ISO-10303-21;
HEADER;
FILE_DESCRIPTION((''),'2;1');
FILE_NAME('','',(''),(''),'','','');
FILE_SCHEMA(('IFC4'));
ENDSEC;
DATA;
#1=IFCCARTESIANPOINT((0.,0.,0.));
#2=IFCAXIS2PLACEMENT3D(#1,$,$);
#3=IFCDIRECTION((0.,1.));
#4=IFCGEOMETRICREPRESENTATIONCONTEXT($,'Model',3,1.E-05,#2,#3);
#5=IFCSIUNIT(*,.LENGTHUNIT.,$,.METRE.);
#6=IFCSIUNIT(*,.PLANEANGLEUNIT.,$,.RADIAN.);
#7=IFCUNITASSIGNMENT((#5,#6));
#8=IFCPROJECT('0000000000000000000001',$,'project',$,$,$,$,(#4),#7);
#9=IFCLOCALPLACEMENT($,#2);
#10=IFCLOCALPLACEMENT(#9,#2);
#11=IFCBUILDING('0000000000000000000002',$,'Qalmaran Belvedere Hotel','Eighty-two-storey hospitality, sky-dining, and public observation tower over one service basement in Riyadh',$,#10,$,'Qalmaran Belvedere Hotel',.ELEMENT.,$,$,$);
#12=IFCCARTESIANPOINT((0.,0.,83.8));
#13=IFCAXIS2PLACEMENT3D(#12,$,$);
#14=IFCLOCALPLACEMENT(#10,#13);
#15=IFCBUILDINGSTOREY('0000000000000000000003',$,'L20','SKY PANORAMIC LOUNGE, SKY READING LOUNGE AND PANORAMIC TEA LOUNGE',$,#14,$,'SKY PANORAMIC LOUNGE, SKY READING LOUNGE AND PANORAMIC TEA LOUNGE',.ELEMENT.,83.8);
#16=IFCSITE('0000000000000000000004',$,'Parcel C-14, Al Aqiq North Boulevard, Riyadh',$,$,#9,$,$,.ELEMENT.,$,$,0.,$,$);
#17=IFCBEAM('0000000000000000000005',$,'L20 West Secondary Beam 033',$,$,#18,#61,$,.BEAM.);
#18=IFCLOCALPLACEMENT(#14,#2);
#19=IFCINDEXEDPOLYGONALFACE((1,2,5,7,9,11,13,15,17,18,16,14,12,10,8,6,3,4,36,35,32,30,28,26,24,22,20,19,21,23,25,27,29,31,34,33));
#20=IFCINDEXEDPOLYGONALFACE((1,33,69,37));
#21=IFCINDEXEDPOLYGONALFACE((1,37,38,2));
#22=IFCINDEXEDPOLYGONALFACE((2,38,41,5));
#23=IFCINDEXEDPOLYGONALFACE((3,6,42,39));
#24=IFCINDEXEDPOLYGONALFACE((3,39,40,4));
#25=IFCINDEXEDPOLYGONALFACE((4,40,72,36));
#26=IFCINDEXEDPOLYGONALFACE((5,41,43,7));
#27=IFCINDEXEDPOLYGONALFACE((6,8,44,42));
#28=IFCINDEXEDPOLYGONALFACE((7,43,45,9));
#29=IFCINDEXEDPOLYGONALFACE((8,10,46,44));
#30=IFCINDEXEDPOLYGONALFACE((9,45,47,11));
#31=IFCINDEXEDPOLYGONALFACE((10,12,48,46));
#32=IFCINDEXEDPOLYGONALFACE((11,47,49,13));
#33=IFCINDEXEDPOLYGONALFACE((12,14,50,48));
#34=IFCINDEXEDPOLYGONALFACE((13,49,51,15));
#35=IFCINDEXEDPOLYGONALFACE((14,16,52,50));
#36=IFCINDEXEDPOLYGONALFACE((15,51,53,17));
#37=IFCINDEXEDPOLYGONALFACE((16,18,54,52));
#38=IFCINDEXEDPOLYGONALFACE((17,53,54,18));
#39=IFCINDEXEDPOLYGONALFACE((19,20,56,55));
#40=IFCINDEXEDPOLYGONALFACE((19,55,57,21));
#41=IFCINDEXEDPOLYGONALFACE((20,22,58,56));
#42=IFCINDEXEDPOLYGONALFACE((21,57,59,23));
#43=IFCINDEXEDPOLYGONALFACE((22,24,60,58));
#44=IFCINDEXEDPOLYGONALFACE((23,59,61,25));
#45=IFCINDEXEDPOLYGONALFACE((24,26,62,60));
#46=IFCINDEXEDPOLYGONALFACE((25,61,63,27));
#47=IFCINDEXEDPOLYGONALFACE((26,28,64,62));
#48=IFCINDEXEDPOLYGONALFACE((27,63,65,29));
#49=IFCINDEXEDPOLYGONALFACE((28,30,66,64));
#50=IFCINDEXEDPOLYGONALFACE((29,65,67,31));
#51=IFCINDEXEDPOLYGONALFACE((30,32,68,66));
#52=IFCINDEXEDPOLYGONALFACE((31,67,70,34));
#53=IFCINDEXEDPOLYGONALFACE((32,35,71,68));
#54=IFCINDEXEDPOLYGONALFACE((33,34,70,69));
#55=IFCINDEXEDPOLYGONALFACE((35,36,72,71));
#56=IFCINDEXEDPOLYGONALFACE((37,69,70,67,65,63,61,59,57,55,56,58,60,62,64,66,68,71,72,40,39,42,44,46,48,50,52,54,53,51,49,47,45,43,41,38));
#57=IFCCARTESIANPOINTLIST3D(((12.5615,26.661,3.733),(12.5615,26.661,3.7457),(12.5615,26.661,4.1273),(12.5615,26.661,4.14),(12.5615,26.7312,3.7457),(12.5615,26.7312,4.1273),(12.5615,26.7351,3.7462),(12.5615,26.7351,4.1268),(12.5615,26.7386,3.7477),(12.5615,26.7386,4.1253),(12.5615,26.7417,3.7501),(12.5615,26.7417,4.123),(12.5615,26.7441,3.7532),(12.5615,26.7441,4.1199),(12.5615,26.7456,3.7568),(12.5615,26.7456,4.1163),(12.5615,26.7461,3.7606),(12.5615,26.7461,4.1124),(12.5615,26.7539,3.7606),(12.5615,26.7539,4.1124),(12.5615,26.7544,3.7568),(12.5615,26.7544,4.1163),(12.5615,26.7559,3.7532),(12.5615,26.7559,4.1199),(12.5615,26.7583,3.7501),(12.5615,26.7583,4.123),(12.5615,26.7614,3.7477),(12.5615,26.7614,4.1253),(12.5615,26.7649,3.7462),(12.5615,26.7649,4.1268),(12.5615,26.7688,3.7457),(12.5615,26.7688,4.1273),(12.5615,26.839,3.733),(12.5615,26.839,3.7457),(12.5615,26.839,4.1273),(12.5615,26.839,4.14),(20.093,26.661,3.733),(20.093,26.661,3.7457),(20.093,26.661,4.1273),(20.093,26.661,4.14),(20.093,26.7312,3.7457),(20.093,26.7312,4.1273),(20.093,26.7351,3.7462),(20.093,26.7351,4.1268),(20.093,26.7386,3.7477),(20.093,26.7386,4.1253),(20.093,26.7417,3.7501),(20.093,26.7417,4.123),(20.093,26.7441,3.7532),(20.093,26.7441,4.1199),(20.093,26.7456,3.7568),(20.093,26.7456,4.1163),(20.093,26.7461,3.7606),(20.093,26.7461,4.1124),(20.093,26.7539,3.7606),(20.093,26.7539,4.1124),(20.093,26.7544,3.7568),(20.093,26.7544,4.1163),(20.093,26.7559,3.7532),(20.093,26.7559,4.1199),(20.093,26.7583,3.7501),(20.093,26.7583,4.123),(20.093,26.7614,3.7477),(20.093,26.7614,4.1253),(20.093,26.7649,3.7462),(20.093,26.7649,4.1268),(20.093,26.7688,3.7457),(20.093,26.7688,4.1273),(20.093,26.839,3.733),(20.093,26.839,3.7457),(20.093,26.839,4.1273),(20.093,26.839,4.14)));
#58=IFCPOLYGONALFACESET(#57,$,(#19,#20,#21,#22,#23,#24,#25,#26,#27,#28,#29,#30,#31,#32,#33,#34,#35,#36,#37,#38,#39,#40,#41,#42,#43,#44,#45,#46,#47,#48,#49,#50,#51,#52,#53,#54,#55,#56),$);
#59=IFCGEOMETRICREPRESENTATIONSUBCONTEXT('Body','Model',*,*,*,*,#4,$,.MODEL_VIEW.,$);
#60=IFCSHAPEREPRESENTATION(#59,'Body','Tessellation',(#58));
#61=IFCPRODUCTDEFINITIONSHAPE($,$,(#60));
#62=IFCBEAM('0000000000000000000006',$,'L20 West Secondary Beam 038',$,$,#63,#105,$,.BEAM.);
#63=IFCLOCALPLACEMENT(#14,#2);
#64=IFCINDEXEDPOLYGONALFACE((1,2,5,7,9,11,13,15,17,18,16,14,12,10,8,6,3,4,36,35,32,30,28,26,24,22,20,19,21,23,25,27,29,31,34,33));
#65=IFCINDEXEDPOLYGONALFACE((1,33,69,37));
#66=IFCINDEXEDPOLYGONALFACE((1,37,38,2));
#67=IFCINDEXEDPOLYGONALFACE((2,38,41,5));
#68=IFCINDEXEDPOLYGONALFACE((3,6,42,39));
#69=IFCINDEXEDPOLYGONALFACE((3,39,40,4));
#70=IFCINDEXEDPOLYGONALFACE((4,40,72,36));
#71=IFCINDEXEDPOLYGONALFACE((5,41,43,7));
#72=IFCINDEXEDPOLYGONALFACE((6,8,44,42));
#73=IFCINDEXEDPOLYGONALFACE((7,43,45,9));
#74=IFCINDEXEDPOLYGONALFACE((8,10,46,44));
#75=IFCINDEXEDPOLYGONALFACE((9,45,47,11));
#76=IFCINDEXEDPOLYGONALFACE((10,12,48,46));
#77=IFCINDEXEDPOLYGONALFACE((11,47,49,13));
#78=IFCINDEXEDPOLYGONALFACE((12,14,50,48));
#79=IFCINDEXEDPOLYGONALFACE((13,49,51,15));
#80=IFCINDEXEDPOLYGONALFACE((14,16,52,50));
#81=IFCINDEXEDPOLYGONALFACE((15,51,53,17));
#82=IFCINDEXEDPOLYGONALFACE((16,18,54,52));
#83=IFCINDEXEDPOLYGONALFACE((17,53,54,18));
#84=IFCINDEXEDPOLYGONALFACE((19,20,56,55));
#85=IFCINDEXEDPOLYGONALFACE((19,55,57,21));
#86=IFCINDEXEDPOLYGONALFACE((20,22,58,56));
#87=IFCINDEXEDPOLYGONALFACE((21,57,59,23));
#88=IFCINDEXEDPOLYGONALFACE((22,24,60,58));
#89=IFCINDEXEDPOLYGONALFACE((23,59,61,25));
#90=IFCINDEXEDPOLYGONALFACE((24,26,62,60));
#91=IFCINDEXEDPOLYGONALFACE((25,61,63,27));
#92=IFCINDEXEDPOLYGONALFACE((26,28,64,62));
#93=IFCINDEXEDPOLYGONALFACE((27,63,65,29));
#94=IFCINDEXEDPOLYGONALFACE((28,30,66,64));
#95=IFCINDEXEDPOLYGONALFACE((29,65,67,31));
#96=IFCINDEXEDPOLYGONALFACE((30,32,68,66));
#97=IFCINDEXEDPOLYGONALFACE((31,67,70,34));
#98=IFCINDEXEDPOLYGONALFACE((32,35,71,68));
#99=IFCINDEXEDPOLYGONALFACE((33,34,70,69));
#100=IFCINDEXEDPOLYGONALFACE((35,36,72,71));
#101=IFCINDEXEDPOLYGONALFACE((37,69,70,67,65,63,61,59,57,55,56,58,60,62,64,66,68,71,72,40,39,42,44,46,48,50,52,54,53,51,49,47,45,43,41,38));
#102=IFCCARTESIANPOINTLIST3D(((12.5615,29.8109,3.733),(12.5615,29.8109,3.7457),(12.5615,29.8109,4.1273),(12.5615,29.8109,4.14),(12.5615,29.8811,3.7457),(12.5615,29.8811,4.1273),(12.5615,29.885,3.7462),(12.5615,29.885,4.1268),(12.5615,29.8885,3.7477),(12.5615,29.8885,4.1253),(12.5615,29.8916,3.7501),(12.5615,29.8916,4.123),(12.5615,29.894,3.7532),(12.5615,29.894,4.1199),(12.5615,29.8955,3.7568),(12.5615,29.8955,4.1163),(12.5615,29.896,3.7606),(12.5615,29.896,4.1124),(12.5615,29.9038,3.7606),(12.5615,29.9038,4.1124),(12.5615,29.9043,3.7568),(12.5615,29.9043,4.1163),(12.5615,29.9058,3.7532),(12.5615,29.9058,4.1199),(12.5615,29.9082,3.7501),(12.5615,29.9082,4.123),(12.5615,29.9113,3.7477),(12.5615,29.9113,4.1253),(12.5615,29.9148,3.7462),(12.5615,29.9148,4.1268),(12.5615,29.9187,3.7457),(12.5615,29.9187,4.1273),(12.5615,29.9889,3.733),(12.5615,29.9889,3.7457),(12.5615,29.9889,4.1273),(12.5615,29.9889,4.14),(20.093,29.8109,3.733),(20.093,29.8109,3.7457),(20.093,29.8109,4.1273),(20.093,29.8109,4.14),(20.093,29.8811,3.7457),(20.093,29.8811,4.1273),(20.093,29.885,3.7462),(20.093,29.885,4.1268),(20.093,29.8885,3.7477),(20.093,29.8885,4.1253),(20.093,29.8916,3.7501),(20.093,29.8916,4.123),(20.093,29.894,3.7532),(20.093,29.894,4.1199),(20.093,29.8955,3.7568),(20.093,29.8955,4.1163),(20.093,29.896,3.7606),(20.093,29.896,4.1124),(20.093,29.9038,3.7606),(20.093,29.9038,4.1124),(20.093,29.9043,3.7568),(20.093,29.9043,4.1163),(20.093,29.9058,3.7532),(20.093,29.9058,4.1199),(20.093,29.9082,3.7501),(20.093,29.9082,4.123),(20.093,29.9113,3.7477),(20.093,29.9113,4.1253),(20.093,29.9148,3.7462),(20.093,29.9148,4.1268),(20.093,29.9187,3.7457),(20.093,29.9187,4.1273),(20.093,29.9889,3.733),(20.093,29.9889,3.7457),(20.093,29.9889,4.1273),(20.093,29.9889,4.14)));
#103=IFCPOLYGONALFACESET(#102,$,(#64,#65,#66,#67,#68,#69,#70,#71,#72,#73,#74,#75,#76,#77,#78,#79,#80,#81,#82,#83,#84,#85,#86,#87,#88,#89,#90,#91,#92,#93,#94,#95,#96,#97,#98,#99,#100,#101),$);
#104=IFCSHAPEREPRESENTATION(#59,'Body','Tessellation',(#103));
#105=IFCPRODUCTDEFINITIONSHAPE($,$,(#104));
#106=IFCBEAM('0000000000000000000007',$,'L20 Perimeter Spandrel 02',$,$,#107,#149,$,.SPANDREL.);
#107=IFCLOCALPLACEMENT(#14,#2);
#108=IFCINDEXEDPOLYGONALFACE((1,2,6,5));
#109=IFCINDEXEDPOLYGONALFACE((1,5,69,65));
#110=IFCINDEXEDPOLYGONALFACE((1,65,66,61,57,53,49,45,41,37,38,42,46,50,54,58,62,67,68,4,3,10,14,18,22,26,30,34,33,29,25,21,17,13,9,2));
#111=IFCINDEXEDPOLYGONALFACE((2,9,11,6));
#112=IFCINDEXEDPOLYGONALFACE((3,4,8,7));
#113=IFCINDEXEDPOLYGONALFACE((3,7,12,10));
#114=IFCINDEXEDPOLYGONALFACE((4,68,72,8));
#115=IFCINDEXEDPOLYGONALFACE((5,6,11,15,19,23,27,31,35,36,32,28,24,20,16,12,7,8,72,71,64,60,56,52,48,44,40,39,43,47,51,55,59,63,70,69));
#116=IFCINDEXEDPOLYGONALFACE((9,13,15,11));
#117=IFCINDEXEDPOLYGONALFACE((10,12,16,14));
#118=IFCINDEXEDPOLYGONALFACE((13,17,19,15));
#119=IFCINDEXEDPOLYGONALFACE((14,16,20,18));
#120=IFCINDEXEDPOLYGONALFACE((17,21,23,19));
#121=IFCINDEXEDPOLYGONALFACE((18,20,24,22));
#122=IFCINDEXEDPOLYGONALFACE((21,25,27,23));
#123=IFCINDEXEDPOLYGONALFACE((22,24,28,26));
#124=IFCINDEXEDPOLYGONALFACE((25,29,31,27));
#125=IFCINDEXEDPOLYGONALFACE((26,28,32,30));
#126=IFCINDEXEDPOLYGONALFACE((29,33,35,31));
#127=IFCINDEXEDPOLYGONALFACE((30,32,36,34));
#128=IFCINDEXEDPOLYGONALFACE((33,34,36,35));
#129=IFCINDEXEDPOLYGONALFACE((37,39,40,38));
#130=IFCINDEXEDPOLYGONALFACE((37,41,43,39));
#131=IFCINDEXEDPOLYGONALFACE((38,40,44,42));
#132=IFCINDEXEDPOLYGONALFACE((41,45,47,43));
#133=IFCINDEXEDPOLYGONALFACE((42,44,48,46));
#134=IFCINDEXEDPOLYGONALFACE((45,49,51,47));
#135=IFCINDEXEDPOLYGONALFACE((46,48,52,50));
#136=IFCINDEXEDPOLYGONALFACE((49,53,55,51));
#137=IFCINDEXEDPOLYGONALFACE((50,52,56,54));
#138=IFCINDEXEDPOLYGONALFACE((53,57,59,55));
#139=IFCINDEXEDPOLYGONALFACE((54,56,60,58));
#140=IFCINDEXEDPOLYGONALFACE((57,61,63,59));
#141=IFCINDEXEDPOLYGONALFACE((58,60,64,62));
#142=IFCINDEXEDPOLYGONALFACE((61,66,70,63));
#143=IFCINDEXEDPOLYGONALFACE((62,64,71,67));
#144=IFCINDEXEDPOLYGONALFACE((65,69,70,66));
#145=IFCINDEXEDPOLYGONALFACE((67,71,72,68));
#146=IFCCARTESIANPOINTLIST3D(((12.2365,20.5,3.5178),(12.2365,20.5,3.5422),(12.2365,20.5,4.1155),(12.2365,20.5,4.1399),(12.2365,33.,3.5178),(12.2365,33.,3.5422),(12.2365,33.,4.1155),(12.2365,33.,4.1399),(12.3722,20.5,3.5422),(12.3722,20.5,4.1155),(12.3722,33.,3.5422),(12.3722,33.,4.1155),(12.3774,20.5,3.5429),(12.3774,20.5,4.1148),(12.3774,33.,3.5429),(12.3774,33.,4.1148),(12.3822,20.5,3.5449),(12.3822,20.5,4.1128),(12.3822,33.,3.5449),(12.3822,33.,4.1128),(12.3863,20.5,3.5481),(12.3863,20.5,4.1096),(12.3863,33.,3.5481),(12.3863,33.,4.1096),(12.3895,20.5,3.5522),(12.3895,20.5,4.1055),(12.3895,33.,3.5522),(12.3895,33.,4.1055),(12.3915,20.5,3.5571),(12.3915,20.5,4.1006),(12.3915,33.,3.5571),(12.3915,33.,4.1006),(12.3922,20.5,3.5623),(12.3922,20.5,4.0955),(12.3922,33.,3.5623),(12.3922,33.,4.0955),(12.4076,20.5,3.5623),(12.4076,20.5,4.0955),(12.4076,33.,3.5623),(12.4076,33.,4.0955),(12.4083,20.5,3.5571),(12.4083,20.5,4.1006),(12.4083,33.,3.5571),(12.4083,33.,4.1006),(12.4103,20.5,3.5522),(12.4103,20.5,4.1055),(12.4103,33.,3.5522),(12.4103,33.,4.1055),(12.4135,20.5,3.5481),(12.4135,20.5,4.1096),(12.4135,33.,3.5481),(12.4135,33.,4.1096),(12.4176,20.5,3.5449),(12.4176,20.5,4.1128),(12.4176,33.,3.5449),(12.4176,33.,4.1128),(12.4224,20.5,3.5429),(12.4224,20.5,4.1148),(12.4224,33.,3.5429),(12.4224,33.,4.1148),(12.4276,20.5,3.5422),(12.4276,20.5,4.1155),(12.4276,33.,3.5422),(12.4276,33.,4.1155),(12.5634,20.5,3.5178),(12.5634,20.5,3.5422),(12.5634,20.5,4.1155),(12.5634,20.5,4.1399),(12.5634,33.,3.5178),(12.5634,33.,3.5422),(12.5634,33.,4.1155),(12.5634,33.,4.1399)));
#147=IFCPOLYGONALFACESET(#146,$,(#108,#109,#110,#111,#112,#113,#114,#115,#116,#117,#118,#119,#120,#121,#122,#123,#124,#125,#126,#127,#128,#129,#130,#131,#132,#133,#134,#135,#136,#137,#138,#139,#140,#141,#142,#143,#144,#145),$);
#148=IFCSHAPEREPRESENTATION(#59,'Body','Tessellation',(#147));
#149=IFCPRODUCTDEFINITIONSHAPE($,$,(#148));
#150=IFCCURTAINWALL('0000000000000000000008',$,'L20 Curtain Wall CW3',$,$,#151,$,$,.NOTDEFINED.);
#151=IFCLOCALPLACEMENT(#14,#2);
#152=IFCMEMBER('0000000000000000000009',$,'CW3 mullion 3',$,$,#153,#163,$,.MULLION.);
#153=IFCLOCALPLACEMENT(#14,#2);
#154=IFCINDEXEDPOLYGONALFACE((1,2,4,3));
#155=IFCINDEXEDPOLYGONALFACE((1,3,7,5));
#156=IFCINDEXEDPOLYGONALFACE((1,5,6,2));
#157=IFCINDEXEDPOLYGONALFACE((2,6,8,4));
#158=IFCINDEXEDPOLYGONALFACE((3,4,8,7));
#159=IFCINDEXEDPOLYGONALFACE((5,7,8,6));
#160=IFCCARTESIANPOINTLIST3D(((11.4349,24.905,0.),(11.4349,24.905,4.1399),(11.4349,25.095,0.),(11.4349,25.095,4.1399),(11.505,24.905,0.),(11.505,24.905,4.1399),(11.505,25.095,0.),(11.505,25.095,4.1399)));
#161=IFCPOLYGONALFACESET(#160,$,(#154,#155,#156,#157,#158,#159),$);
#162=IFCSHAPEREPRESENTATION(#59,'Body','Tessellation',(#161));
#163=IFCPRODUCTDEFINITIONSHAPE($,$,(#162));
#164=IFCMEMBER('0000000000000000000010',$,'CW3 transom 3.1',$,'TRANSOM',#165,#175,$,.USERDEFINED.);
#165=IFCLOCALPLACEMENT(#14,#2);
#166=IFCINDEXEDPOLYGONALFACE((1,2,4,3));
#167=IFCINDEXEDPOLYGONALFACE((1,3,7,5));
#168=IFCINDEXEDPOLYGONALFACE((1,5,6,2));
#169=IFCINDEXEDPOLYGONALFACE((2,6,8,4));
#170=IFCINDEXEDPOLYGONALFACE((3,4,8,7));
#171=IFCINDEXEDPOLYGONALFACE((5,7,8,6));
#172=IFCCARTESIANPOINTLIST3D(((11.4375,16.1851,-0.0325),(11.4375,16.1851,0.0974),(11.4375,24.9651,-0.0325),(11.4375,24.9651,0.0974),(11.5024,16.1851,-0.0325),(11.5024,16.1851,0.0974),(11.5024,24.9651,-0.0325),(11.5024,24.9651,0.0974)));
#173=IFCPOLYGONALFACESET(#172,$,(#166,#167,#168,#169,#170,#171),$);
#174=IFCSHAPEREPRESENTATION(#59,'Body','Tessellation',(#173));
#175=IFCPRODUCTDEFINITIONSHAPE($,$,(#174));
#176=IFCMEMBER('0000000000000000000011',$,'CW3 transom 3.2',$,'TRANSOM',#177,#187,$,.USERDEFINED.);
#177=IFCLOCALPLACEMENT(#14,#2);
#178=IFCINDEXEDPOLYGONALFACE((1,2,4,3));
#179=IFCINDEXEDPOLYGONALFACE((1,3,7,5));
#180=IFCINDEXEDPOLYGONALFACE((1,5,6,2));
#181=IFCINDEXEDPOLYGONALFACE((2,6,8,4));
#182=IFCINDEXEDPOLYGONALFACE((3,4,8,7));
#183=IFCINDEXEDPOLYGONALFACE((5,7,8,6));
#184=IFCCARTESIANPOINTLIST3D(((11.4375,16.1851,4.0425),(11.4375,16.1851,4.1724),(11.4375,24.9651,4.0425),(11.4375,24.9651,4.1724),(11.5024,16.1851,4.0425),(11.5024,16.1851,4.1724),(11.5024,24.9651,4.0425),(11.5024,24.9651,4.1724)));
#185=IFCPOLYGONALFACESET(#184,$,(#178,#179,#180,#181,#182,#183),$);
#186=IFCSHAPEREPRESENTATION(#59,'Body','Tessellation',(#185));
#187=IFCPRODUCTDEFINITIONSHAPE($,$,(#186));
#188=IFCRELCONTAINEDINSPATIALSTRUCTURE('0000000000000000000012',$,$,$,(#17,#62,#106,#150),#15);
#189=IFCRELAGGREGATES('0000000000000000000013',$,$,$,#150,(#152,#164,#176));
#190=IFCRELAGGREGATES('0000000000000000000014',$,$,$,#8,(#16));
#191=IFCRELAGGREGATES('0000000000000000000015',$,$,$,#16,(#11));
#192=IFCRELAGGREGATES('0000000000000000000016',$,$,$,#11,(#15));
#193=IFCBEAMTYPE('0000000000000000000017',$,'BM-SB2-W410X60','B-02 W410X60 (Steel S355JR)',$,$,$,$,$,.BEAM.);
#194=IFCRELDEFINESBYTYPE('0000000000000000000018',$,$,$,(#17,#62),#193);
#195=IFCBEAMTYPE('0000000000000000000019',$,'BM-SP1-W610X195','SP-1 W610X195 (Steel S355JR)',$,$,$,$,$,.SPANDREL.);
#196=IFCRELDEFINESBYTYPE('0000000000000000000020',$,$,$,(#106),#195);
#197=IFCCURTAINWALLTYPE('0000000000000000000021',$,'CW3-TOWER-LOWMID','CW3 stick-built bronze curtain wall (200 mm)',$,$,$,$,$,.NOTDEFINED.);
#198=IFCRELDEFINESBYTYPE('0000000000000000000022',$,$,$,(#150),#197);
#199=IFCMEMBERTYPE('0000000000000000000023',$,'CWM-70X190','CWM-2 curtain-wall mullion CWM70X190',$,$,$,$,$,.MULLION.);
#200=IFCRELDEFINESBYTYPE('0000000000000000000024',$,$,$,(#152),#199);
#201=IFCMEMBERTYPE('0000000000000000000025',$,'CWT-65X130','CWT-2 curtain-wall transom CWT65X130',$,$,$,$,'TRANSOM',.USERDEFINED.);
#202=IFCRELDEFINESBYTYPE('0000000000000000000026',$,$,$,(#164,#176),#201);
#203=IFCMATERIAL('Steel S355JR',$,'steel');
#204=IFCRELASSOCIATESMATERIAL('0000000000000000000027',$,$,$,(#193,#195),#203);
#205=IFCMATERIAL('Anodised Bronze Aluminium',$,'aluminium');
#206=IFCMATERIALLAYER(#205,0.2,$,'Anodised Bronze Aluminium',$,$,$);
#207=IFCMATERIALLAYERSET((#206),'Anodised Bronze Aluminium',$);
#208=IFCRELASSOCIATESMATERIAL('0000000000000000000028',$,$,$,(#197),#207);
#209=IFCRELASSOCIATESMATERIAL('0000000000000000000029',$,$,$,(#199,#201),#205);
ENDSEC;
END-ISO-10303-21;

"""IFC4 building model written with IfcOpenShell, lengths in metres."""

from ifc_helpers import new_model, si_unit, direction, frame, origin, origin_2d, place, context, subcontext, project, spatial, rectangle, i_section, extrude, material, layer, layer_set, material_profile, profile_set, type_object, element, aggregate, save


model = new_model("IFC4")

# Units and contexts
model_context = context("Model", 3, precision=1e-05, world=origin(), true_north=direction((0.0, 1.0)))
body_context = subcontext(model_context, "Body", "Model", "MODEL_VIEW")
ifc_project = project(units=[si_unit("LENGTHUNIT", "METRE"), si_unit("PLANEANGLEUNIT", "RADIAN")], contexts=[model_context])

# Site, building, storey
site_placement = place(None, origin())
site = spatial("IfcSite", under=ifc_project, at=site_placement, Name="Parcel C-14, Al Aqiq North Boulevard, Riyadh", CompositionType="ELEMENT", RefElevation=0.0)
building_placement = place(site_placement, origin())
building = spatial("IfcBuilding", under=site, at=building_placement, Name="Qalmaran Belvedere Hotel", Description="Eighty-two-storey hospitality, sky-dining, and public observation tower over one service basement in Riyadh", LongName="Qalmaran Belvedere Hotel", CompositionType="ELEMENT")
storey_placement = place(building_placement, frame((0.0, 0.0, 83.8)))
storey = spatial("IfcBuildingStorey", under=building, at=storey_placement, Name="L20", Description="SKY PANORAMIC LOUNGE, SKY READING LOUNGE AND PANORAMIC TEA LOUNGE", LongName="SKY PANORAMIC LOUNGE, SKY READING LOUNGE AND PANORAMIC TEA LOUNGE", CompositionType="ELEMENT", Elevation=83.8)

# Beams
ifc_material_1 = material(Name="Steel S355JR", Category="steel")
ifc_material_profile_1 = material_profile(ifc_material_1, i_section(OverallWidth=0.178, OverallDepth=0.407, WebThickness=0.0078, FlangeThickness=0.0127, FilletRadius=0.0149, at=origin_2d()), Name="W410X60")
ifc_profile_set_1 = profile_set([ifc_material_profile_1], Name="Steel S355JR")
beam_type_1 = type_object("IfcBeamType", Name="BM-SB2-W410X60", Description="B-02 W410X60 (Steel S355JR)", PredefinedType="BEAM", material=ifc_profile_set_1)
for number, where, z_axis, x_axis, name in (
    (1, (12.5615, 26.75, 3.9365), (1.0, 0.0, 0.0), (0.0, 1.0, 0.0), "L20 West Secondary Beam 033"),
    (2, (12.5615, 29.8999, 3.9365), (1.0, 0.0, 0.0), (0.0, 1.0, 0.0), "L20 West Secondary Beam 038"),
):
    element("IfcBeam", number, at=place(storey_placement, frame(where, z_axis=z_axis, x_axis=x_axis)), inside=storey, type_object=beam_type_1, Name=name, PredefinedType="BEAM", context=body_context, shape_type="SweptSolid", body=[
        extrude(i_section(OverallWidth=0.178, OverallDepth=0.407, WebThickness=0.0078, FlangeThickness=0.0127, FilletRadius=0.0149, at=origin_2d()), origin(), (0.0, 0.0, 1.0), 7.5315),
    ])
ifc_material_profile_2 = material_profile(ifc_material_1, i_section(OverallWidth=0.3269, OverallDepth=0.6221, WebThickness=0.0154, FlangeThickness=0.0244, FilletRadius=0.02, at=origin_2d()), Name="W610X195")
ifc_profile_set_2 = profile_set([ifc_material_profile_2], Name="Steel S355JR")
beam_type_2 = type_object("IfcBeamType", Name="BM-SP1-W610X195", Description="SP-1 W610X195 (Steel S355JR)", PredefinedType="SPANDREL", material=ifc_profile_set_2)
beam_1_placement = place(storey_placement, frame((12.3999, 20.5, 3.8289), z_axis=(0.0, 1.0, 0.0), x_axis=(-1.0, 0.0, 0.0)))
element("IfcBeam", 3, at=beam_1_placement, inside=storey, type_object=beam_type_2, Name="L20 Perimeter Spandrel 02", PredefinedType="SPANDREL", context=body_context, shape_type="SweptSolid", body=[
    extrude(i_section(OverallWidth=0.3269, OverallDepth=0.6221, WebThickness=0.0154, FlangeThickness=0.0244, FilletRadius=0.02, at=origin_2d()), origin(), (0.0, 0.0, 1.0), 12.5),
])

# Curtain wall, members
ifc_material_2 = material(Name="Anodised Bronze Aluminium", Category="aluminium")
ifc_layer_1 = layer(ifc_material_2, 0.2, Name="Anodised Bronze Aluminium")
ifc_layer_set_1 = layer_set([ifc_layer_1], Name="Anodised Bronze Aluminium")
curtain_wall_type = type_object("IfcCurtainWallType", Name="CW3-TOWER-LOWMID", Description="CW3 stick-built bronze curtain wall (200 mm)", PredefinedType="NOTDEFINED", material=ifc_layer_set_1)
curtain_wall_placement = place(storey_placement, origin())
curtain_wall = element("IfcCurtainWall", 4, at=curtain_wall_placement, inside=storey, type_object=curtain_wall_type, Name="L20 Curtain Wall CW3", PredefinedType="NOTDEFINED")
ifc_material_profile_3 = material_profile(ifc_material_2, rectangle(XDim=0.0701, YDim=0.1899, at=origin_2d()), Name="CWM70X190")
ifc_profile_set_3 = profile_set([ifc_material_profile_3], Name="Anodised Bronze Aluminium")
member_type_1 = type_object("IfcMemberType", Name="CWM-70X190", Description="CWM-2 curtain-wall mullion CWM70X190", PredefinedType="MULLION", material=ifc_profile_set_3)
member_1_placement = place(storey_placement, frame((11.47, 25.0, 0.0), z_axis=(0.0, 0.0, 1.0), x_axis=(1.0, 0.0, 0.0)))
member_1 = element("IfcMember", 5, at=member_1_placement, type_object=member_type_1, Name="CW3 mullion 3", PredefinedType="MULLION", context=body_context, shape_type="SweptSolid", body=[
    extrude(rectangle(XDim=0.0701, YDim=0.1899, at=origin_2d()), origin(), (0.0, 0.0, 1.0), 4.1399),
])
ifc_material_profile_4 = material_profile(ifc_material_2, rectangle(XDim=0.0649, YDim=0.1299, at=origin_2d()), Name="CWT65X130")
ifc_profile_set_4 = profile_set([ifc_material_profile_4], Name="Anodised Bronze Aluminium")
member_type_2 = type_object("IfcMemberType", Name="CWT-65X130", Description="CWT-2 curtain-wall transom CWT65X130", ElementType="TRANSOM", PredefinedType="USERDEFINED", material=ifc_profile_set_4)
member_2_placement = place(storey_placement, frame((11.47, 24.9651, 0.0325), z_axis=(0.0, -1.0, 0.0), x_axis=(1.0, 0.0, 0.0)))
member_2 = element("IfcMember", 6, at=member_2_placement, type_object=member_type_2, Name="CW3 transom 3.1", ObjectType="TRANSOM", PredefinedType="USERDEFINED", context=body_context, shape_type="SweptSolid", body=[
    extrude(rectangle(XDim=0.0649, YDim=0.1299, at=origin_2d()), origin(), (0.0, 0.0, 1.0), 8.78),
])
member_3_placement = place(storey_placement, frame((11.47, 24.9651, 4.1074), z_axis=(0.0, -1.0, 0.0), x_axis=(1.0, 0.0, 0.0)))
member_3 = element("IfcMember", 7, at=member_3_placement, type_object=member_type_2, Name="CW3 transom 3.2", ObjectType="TRANSOM", PredefinedType="USERDEFINED", context=body_context, shape_type="SweptSolid", body=[
    extrude(rectangle(XDim=0.0649, YDim=0.1299, at=origin_2d()), origin(), (0.0, 0.0, 1.0), 8.78),
])
aggregate(curtain_wall, [member_1, member_2, member_3])

save(model, "model.ifc")
